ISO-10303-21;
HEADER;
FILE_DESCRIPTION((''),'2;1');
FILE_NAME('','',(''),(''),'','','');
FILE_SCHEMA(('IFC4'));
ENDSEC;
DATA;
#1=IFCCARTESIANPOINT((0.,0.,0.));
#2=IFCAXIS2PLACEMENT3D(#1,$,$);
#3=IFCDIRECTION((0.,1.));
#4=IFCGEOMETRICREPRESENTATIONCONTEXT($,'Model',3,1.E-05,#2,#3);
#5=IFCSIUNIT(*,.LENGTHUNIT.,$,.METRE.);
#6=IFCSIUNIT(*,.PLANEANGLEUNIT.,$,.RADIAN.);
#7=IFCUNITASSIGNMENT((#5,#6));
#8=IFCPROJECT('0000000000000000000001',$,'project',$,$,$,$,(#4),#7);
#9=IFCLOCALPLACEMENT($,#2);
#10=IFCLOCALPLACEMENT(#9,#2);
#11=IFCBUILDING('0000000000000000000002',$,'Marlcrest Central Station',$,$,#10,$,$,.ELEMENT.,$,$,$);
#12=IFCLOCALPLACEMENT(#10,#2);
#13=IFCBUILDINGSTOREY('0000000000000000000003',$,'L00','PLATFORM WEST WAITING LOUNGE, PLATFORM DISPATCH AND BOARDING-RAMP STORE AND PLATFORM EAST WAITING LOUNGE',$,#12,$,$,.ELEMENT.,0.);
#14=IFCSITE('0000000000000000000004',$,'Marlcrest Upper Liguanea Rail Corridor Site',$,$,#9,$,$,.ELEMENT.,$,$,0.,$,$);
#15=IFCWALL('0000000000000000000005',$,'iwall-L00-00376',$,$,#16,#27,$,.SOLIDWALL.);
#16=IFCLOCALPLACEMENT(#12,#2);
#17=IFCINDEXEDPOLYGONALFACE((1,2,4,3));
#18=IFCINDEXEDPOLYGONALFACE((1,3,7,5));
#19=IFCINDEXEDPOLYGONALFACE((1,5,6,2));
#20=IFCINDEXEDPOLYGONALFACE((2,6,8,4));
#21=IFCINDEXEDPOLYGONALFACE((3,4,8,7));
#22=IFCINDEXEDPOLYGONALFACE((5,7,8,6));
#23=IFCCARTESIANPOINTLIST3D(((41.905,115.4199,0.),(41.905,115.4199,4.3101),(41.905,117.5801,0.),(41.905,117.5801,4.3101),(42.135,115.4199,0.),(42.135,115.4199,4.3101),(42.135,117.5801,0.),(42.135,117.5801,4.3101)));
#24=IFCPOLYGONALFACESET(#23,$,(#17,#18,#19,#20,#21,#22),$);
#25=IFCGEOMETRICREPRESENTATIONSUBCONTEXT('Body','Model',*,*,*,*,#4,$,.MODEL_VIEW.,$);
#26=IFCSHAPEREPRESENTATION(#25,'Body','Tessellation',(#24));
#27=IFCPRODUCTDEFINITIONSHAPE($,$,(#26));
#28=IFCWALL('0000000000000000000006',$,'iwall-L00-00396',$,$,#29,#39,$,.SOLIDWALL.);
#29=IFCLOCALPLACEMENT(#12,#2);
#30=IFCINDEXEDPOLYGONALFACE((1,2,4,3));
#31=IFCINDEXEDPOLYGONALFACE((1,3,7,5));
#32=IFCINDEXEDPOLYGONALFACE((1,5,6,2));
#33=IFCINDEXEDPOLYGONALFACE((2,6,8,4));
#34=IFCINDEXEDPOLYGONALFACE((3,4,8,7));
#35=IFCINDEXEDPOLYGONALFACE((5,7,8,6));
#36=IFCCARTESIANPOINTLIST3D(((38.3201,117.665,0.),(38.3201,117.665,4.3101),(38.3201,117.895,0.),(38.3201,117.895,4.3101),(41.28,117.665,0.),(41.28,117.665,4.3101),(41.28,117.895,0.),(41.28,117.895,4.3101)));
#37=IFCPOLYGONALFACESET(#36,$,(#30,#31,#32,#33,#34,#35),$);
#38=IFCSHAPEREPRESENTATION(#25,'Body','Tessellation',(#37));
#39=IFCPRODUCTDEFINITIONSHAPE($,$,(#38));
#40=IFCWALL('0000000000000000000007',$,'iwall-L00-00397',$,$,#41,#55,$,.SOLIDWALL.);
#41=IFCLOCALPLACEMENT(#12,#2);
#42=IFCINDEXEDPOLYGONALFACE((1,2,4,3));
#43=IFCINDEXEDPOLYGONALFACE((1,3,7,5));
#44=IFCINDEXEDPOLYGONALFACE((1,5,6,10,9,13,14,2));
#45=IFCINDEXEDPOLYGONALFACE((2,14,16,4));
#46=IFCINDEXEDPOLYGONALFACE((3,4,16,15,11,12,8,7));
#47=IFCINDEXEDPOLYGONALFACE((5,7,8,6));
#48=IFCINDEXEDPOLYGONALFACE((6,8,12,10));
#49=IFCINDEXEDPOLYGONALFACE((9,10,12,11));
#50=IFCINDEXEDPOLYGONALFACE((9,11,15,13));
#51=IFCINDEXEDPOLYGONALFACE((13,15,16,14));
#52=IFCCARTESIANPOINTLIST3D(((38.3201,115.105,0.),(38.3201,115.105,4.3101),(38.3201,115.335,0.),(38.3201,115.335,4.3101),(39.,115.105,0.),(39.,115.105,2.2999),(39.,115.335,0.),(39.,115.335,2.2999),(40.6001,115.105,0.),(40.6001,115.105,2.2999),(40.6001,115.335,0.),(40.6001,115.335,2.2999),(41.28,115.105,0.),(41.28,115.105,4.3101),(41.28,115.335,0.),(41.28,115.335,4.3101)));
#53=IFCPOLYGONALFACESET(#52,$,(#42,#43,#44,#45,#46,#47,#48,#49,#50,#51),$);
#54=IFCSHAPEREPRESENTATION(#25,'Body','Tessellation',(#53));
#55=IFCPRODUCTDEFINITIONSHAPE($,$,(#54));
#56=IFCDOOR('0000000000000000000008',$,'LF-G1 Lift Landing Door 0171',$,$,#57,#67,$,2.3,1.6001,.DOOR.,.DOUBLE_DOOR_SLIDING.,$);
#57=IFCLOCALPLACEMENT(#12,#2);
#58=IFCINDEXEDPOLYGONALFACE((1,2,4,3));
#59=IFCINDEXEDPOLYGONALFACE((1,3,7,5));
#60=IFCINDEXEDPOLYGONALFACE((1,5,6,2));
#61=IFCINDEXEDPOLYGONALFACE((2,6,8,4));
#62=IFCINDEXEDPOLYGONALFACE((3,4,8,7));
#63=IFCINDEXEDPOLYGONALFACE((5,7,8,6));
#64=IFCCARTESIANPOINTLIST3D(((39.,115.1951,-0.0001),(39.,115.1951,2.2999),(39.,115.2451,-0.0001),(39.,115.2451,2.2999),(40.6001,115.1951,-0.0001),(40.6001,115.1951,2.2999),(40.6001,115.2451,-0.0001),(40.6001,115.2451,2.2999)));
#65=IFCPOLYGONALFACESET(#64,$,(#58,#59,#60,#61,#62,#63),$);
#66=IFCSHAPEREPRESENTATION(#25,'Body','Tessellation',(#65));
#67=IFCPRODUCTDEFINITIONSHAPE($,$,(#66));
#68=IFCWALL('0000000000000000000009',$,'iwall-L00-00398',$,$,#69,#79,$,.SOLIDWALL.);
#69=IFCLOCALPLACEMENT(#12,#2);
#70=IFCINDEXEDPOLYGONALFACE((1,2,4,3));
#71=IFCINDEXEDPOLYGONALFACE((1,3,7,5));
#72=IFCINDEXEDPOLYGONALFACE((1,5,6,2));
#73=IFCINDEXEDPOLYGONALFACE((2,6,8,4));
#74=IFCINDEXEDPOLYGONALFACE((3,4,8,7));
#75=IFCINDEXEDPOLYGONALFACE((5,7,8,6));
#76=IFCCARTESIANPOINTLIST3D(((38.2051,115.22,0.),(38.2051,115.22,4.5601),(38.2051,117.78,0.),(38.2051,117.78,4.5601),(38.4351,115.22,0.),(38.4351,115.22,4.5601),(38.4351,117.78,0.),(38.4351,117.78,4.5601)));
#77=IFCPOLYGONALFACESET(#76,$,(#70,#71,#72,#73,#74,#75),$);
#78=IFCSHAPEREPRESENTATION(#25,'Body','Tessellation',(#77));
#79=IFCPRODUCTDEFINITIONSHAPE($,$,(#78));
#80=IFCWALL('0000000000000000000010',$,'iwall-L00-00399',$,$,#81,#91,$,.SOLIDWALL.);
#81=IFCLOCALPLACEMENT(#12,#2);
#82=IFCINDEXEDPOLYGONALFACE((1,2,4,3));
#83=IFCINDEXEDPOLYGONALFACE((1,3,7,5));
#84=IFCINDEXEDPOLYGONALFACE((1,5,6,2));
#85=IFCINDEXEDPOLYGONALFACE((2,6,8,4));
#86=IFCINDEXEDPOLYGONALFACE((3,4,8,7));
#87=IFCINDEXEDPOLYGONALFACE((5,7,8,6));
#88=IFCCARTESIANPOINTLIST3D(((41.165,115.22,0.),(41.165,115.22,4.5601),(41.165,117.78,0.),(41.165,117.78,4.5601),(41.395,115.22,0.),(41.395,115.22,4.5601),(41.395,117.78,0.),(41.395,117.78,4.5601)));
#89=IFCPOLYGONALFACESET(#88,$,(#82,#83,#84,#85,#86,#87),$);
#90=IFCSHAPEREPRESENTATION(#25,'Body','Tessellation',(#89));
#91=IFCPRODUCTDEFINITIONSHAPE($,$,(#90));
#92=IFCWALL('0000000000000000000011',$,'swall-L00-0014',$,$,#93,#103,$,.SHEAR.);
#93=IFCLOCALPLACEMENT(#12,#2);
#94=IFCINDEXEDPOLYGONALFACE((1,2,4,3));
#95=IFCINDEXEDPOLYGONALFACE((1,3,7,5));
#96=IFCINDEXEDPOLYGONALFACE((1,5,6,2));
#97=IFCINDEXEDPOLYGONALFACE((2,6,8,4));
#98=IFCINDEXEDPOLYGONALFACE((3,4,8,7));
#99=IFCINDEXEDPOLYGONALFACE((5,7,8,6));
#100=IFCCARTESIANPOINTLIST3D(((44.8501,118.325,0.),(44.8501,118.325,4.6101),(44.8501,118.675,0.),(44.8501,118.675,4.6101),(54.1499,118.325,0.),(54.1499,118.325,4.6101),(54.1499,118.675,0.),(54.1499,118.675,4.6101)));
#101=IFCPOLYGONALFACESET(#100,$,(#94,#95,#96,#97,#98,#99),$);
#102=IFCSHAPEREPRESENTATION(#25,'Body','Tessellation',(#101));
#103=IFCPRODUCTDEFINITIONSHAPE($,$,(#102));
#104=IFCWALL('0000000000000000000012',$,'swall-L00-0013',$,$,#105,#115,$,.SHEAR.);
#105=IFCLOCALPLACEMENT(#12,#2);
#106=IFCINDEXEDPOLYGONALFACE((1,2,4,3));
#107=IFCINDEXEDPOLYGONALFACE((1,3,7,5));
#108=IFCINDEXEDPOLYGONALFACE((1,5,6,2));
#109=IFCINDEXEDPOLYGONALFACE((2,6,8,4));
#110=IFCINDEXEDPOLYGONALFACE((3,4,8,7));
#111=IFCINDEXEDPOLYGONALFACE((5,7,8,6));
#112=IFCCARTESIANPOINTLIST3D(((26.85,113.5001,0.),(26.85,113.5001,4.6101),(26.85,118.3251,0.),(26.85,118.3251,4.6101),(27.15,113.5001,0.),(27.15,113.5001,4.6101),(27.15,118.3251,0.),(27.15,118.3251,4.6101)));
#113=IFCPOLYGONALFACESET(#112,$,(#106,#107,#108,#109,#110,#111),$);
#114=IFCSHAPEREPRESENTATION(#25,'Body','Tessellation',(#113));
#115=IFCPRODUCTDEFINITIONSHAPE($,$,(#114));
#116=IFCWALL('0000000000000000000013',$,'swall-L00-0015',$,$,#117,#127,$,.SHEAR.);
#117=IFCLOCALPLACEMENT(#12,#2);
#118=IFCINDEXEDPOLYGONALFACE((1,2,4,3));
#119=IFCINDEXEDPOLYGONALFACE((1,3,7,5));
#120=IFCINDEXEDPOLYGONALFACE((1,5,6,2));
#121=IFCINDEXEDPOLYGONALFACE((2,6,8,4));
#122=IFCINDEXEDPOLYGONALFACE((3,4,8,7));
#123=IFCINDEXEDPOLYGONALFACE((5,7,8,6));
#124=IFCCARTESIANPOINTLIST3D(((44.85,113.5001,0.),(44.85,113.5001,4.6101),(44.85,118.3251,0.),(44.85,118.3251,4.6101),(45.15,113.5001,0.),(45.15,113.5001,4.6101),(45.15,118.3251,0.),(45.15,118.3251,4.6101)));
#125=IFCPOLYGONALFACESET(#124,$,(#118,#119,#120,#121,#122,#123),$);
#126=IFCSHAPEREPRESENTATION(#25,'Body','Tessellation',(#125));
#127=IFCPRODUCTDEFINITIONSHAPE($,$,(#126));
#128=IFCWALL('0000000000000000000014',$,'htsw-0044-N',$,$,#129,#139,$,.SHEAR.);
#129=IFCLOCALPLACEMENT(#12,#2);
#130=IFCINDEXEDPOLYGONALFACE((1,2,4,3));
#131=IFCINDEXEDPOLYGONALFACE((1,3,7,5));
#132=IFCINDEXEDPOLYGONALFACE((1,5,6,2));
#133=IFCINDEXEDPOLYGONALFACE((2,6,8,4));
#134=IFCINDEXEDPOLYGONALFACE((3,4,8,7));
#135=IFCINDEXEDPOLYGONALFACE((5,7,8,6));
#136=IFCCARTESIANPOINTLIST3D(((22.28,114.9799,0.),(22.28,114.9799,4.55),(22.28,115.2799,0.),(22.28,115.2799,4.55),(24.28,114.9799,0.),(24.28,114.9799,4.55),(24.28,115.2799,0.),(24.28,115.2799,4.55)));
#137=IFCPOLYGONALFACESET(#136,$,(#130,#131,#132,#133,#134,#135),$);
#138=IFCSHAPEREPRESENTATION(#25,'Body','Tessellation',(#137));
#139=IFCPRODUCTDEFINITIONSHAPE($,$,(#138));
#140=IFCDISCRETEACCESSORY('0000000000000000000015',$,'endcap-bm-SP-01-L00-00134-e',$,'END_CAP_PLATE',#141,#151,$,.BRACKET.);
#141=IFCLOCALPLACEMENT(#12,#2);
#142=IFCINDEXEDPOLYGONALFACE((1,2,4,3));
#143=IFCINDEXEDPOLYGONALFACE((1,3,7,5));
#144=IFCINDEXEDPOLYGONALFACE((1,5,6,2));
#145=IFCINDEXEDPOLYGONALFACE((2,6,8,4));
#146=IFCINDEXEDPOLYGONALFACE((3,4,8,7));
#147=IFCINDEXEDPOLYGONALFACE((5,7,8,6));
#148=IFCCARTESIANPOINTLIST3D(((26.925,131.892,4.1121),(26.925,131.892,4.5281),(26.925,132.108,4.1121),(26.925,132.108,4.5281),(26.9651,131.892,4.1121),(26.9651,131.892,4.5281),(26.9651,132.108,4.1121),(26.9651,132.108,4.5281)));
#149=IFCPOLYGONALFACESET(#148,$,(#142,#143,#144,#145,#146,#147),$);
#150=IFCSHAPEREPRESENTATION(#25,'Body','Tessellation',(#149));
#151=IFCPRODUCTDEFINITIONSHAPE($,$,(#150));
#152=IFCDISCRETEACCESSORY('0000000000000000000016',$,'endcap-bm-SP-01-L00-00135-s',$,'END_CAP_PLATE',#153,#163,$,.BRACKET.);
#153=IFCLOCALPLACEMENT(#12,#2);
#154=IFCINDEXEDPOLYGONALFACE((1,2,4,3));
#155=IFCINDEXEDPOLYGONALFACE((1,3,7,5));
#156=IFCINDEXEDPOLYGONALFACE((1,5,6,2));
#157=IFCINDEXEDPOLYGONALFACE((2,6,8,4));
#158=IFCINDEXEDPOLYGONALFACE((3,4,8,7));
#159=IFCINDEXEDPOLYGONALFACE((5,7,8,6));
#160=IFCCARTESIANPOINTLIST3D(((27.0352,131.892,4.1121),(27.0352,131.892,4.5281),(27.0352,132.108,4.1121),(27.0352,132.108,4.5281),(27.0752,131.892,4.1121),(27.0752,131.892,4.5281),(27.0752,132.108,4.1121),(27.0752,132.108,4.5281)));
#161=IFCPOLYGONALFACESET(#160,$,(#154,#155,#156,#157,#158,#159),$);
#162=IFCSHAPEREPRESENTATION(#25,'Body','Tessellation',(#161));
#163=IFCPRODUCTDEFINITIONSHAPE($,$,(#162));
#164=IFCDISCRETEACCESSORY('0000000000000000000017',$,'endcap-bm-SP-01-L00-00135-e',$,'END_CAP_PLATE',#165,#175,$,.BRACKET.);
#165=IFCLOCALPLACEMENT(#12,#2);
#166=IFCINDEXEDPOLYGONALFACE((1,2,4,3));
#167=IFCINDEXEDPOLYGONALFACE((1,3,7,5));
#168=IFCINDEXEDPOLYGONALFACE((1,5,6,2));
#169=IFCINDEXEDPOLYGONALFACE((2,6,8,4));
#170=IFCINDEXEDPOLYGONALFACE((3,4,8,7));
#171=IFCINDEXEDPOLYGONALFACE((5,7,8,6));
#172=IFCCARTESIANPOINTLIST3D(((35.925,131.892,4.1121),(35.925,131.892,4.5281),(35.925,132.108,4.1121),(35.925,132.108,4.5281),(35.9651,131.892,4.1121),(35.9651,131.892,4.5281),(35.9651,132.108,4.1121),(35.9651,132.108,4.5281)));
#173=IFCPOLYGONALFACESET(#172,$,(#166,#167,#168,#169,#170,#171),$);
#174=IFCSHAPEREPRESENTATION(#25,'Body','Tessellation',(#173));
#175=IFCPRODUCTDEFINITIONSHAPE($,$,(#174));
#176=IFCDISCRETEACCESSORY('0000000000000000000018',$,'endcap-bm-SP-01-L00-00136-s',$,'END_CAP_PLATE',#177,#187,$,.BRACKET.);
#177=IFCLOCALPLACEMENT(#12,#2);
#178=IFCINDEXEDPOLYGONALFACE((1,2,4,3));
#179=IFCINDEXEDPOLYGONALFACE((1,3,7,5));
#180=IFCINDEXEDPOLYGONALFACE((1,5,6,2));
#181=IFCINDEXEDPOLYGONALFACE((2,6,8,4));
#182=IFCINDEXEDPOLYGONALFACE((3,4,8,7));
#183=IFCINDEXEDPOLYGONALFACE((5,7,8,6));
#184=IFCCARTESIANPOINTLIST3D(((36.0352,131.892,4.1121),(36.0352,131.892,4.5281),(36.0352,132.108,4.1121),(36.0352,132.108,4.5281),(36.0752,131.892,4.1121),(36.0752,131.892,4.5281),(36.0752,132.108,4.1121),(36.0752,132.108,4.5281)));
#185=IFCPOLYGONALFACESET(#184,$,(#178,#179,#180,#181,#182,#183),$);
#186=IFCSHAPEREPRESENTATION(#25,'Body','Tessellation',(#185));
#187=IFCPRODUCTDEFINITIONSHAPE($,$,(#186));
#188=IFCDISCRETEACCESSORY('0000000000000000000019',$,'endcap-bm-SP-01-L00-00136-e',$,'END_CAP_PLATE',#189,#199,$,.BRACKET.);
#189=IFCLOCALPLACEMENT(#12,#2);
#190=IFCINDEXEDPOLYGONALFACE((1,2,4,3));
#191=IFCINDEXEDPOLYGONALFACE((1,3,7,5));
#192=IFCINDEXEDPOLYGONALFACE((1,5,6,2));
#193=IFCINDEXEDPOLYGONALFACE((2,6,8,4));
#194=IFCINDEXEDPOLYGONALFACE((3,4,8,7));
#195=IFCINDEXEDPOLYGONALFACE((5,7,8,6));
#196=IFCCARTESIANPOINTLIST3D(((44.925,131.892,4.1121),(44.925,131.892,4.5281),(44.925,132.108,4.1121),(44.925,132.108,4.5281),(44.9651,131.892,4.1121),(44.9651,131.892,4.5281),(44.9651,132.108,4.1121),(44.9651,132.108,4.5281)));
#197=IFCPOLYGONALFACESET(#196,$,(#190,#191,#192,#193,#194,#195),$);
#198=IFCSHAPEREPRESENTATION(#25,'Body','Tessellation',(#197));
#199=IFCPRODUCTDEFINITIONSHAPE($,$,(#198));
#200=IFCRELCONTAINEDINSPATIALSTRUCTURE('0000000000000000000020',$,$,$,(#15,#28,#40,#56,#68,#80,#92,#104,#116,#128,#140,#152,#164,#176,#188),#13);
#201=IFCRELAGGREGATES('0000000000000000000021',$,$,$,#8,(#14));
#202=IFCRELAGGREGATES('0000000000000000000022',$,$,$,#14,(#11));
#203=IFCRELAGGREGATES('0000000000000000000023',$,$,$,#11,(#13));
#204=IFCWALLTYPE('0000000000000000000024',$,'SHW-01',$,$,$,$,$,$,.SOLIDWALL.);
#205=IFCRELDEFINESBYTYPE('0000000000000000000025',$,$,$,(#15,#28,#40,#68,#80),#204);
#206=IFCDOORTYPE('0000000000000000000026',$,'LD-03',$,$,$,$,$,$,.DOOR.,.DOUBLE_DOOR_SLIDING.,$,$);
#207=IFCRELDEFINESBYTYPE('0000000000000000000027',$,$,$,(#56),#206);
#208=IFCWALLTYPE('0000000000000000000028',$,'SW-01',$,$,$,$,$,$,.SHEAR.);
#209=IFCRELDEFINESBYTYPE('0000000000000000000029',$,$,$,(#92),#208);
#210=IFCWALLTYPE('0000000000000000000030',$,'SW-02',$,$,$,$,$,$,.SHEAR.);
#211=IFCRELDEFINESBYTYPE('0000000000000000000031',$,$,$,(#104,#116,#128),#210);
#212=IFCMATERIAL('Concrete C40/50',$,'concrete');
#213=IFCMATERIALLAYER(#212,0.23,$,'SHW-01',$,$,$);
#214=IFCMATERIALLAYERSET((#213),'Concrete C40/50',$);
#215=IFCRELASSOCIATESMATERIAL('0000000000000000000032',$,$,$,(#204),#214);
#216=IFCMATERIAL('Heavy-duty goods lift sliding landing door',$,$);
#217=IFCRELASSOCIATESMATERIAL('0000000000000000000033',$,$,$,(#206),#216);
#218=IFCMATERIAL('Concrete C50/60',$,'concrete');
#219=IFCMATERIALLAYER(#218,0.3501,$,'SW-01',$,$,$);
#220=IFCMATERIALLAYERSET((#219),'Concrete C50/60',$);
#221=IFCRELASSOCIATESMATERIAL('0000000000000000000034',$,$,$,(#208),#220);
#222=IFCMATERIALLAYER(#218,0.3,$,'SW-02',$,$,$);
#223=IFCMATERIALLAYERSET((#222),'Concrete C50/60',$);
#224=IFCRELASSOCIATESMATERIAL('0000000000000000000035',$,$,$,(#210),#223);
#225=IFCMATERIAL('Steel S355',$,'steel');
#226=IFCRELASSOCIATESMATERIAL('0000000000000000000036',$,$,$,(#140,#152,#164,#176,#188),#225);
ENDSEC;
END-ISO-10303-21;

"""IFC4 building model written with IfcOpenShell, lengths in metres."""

from ifc_helpers import new_model, si_unit, direction, frame, frame_2d, origin, origin_2d, place, context, subcontext, project, spatial, rectangle, extrude, material, layer, layer_set, type_object, element, fill, save


model = new_model("IFC4")

# Units and contexts
model_context = context("Model", 3, precision=1e-05, world=origin(), true_north=direction((0.0, 1.0)))
body_context = subcontext(model_context, "Body", "Model", "MODEL_VIEW")
ifc_project = project(units=[si_unit("LENGTHUNIT", "METRE"), si_unit("PLANEANGLEUNIT", "RADIAN")], contexts=[model_context])

# Site, building, storey
site_placement = place(None, origin())
site = spatial("IfcSite", under=ifc_project, at=site_placement, Name="Marlcrest Upper Liguanea Rail Corridor Site", CompositionType="ELEMENT", RefElevation=0.0)
building_placement = place(site_placement, origin())
building = spatial("IfcBuilding", under=site, at=building_placement, Name="Marlcrest Central Station", CompositionType="ELEMENT")
storey_placement = place(building_placement, origin())
storey = spatial("IfcBuildingStorey", under=building, at=storey_placement, Name="L00", Description="PLATFORM WEST WAITING LOUNGE, PLATFORM DISPATCH AND BOARDING-RAMP STORE AND PLATFORM EAST WAITING LOUNGE", CompositionType="ELEMENT", Elevation=0.0)

# Shared definitions
ifc_material_1 = material(Name="Concrete C40/50", Category="concrete")

# Shared definitions
ifc_material_2 = material(Name="Concrete C50/60", Category="concrete")
ifc_material_3 = material(Name="Steel S355", Category="steel")

# Shared definitions
ifc_layer_1 = layer(ifc_material_1, 0.23, Name="SHW-01")
ifc_layer_set_1 = layer_set([ifc_layer_1], Name="Concrete C40/50")
wall_type_1 = type_object("IfcWallType", Name="SHW-01", PredefinedType="SOLIDWALL", material=ifc_layer_set_1)

# Walls
wall_1_placement = place(storey_placement, frame((42.02, 115.4199, 0.0), z_axis=(0.0, 0.0, 1.0), x_axis=(0.0, 1.0, 0.0)))
element("IfcWall", 1, at=wall_1_placement, inside=storey, type_object=wall_type_1, Name="iwall-L00-00376", PredefinedType="SOLIDWALL", context=body_context, shape_type="SweptSolid", body=[
    extrude(rectangle(XDim=2.1602, YDim=0.23, at=frame_2d((1.0801, 0.0))), origin(), (0.0, 0.0, 1.0), 4.3101),
])
wall_2_placement = place(storey_placement, frame((38.3201, 117.78, 0.0), z_axis=(0.0, 0.0, 1.0), x_axis=(1.0, 0.0, 0.0)))
element("IfcWall", 2, at=wall_2_placement, inside=storey, type_object=wall_type_1, Name="iwall-L00-00396", PredefinedType="SOLIDWALL", context=body_context, shape_type="SweptSolid", body=[
    extrude(rectangle(XDim=2.96, YDim=0.23, at=frame_2d((1.48, 0.0))), origin(), (0.0, 0.0, 1.0), 4.3101),
])

# Wall, opening, door
wall_3_placement = place(storey_placement, frame((41.28, 115.22, 0.0), z_axis=(0.0, 0.0, 1.0), x_axis=(-1.0, 0.0, 0.0)))
wall_3 = element("IfcWall", 3, at=wall_3_placement, inside=storey, type_object=wall_type_1, Name="iwall-L00-00397", PredefinedType="SOLIDWALL", context=body_context, shape_type="SweptSolid", body=[
    extrude(rectangle(XDim=2.96, YDim=0.23, at=frame_2d((1.48, 0.0))), origin(), (0.0, 0.0, 1.0), 4.3101),
])
opening_1_placement = place(wall_3_placement, frame((0.6799, 0.0, 0.0)))
opening_1 = element("IfcOpeningElement", 4, at=opening_1_placement, cuts=wall_3, PredefinedType="OPENING", context=body_context, shape_type="SweptSolid", body=[
    extrude(rectangle(XDim=1.6001, YDim=2.3, at=frame_2d((0.8, 1.1499))), frame((0.0, 0.125, 0.0), z_axis=(0.0, -1.0, 0.0), x_axis=(1.0, 0.0, 0.0)), (0.0, 0.0, 1.0), 0.25),
])
ifc_material_4 = material(Name="Heavy-duty goods lift sliding landing door")
door_type_1 = type_object("IfcDoorType", Name="LD-03", OperationType="DOUBLE_DOOR_SLIDING", PredefinedType="DOOR", material=ifc_material_4)
door_1_placement = place(opening_1_placement, origin())
door_1 = element("IfcDoor", 5, at=door_1_placement, inside=storey, type_object=door_type_1, Name="LF-G1 Lift Landing Door 0171", OperationType="DOUBLE_DOOR_SLIDING", OverallHeight=2.3, OverallWidth=1.6001, PredefinedType="DOOR", context=body_context, shape_type="SweptSolid", body=[
    extrude(rectangle(XDim=1.6001, YDim=2.3, at=frame_2d((0.8, 1.1499))), frame((0.0, 0.0249, 0.0), z_axis=(0.0, -1.0, 0.0), x_axis=(1.0, 0.0, 0.0)), (0.0, 0.0, 1.0), 0.05),
])
fill(opening_1, door_1)

# Walls
for number, where, z_axis, x_axis, name in (
    (6, (38.3201, 115.22, 0.0), (0.0, 0.0, 1.0), (0.0, 1.0, 0.0), "iwall-L00-00398"),
    (7, (41.28, 117.78, 0.0), (0.0, 0.0, 1.0), (0.0, -1.0, 0.0), "iwall-L00-00399"),
):
    element("IfcWall", number, at=place(storey_placement, frame(where, z_axis=z_axis, x_axis=x_axis)), inside=storey, type_object=wall_type_1, Name=name, PredefinedType="SOLIDWALL", context=body_context, shape_type="SweptSolid", body=[
        extrude(rectangle(XDim=2.5601, YDim=0.23, at=frame_2d((1.28, 0.0))), origin(), (0.0, 0.0, 1.0), 4.5601),
    ])
ifc_layer_2 = layer(ifc_material_2, 0.3501, Name="SW-01")
ifc_layer_set_2 = layer_set([ifc_layer_2], Name="Concrete C50/60")
wall_type_2 = type_object("IfcWallType", Name="SW-01", PredefinedType="SHEAR", material=ifc_layer_set_2)
wall_4_placement = place(storey_placement, frame((44.8501, 118.5, 0.0), z_axis=(0.0, 0.0, 1.0), x_axis=(1.0, 0.0, 0.0)))
element("IfcWall", 8, at=wall_4_placement, inside=storey, type_object=wall_type_2, Name="swall-L00-0014", PredefinedType="SHEAR", context=body_context, shape_type="SweptSolid", body=[
    extrude(rectangle(XDim=9.2998, YDim=0.3501, at=frame_2d((4.6499, 0.0))), origin(), (0.0, 0.0, 1.0), 4.6101),
])
ifc_layer_3 = layer(ifc_material_2, 0.3, Name="SW-02")
ifc_layer_set_3 = layer_set([ifc_layer_3], Name="Concrete C50/60")
wall_type_3 = type_object("IfcWallType", Name="SW-02", PredefinedType="SHEAR", material=ifc_layer_set_3)
for number, where, z_axis, x_axis, name in (
    (9, (27.0, 113.5, 0.0), (0.0, 0.0, 1.0), (0.0, 1.0, 0.0), "swall-L00-0013"),
    (10, (45.0, 113.5, 0.0), (0.0, 0.0, 1.0), (0.0, 1.0, 0.0), "swall-L00-0015"),
):
    element("IfcWall", number, at=place(storey_placement, frame(where, z_axis=z_axis, x_axis=x_axis)), inside=storey, type_object=wall_type_3, Name=name, PredefinedType="SHEAR", context=body_context, shape_type="SweptSolid", body=[
        extrude(rectangle(XDim=4.825, YDim=0.3, at=frame_2d((2.4126, 0.0))), origin(), (0.0, 0.0, 1.0), 4.6101),
    ])
wall_5_placement = place(storey_placement, frame((24.28, 115.1299, 0.0), z_axis=(0.0, 0.0, 1.0), x_axis=(-1.0, 0.0, 0.0)))
element("IfcWall", 11, at=wall_5_placement, inside=storey, type_object=wall_type_3, Name="htsw-0044-N", PredefinedType="SHEAR", context=body_context, shape_type="SweptSolid", body=[
    extrude(rectangle(XDim=2.0, YDim=0.3, at=frame_2d((1.0, 0.0))), origin(), (0.0, 0.0, 1.0), 4.55),
])

# Discrete accessories
for number, where, z_axis, x_axis, name in (
    (12, (26.925, 132.0, 4.3201), (1.0, 0.0, 0.0), (0.0, 1.0, 0.0), "endcap-bm-SP-01-L00-00134-e"),
    (13, (27.0352, 132.0, 4.3201), (1.0, 0.0, 0.0), (0.0, 1.0, 0.0), "endcap-bm-SP-01-L00-00135-s"),
    (14, (35.925, 132.0, 4.3201), (1.0, 0.0, 0.0), (0.0, 1.0, 0.0), "endcap-bm-SP-01-L00-00135-e"),
    (15, (36.0352, 132.0, 4.3201), (1.0, 0.0, 0.0), (0.0, 1.0, 0.0), "endcap-bm-SP-01-L00-00136-s"),
    (16, (44.925, 132.0, 4.3201), (1.0, 0.0, 0.0), (0.0, 1.0, 0.0), "endcap-bm-SP-01-L00-00136-e"),
):
    element("IfcDiscreteAccessory", number, at=place(storey_placement, frame(where, z_axis=z_axis, x_axis=x_axis)), inside=storey, material=ifc_material_3, Name=name, ObjectType="END_CAP_PLATE", PredefinedType="BRACKET", context=body_context, shape_type="SweptSolid", body=[
        extrude(rectangle(XDim=0.2161, YDim=0.416, at=origin_2d()), origin(), (0.0, 0.0, 1.0), 0.04),
    ])

save(model, "model.ifc")
